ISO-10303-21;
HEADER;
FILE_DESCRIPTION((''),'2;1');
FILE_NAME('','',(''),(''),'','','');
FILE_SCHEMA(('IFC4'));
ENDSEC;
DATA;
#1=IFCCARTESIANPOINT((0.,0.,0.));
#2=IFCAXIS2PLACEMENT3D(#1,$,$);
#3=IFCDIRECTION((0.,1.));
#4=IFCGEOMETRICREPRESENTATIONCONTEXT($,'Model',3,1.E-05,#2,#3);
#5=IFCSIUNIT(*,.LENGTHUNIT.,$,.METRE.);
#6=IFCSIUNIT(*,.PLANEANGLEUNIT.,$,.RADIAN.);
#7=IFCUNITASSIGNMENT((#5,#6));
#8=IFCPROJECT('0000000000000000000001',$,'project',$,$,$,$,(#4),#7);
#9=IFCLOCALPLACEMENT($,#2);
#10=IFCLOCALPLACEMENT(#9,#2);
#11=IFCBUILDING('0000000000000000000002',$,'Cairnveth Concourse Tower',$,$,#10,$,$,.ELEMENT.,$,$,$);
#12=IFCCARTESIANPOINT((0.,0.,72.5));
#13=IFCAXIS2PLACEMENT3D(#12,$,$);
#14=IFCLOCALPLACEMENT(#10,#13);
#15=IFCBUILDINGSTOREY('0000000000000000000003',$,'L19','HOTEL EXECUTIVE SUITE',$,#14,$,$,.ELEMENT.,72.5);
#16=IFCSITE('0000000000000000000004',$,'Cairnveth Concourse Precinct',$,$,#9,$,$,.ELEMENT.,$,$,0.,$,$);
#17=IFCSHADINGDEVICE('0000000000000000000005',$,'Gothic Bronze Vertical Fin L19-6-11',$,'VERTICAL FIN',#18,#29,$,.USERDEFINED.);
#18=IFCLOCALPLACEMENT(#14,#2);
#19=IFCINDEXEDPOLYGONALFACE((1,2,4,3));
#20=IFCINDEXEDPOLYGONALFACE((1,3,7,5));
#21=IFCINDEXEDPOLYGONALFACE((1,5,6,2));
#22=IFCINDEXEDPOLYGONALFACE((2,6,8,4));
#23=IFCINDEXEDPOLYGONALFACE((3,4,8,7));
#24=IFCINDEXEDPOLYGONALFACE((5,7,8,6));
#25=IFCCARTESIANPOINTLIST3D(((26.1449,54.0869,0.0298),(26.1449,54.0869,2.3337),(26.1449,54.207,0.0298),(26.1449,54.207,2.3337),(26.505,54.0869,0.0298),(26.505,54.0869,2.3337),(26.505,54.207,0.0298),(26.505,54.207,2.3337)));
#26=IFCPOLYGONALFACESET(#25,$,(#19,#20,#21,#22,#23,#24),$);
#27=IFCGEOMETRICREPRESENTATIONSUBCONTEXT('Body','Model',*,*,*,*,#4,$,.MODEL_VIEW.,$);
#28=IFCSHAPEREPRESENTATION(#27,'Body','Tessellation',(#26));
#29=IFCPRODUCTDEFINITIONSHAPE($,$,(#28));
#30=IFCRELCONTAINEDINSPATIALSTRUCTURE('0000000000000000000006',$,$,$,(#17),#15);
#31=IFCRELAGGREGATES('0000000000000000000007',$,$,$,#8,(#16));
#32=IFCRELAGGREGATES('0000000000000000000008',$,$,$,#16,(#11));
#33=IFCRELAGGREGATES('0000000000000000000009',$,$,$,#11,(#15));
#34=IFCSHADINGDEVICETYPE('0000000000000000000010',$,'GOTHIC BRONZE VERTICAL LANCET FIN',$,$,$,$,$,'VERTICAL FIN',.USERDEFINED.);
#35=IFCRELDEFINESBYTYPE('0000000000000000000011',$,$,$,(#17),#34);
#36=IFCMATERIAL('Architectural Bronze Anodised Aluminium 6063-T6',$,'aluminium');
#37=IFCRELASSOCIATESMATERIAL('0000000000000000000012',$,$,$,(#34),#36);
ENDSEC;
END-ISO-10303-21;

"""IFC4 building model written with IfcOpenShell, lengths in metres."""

from ifc_helpers import new_model, si_unit, direction, frame, origin, origin_2d, place, context, subcontext, project, spatial, rectangle, extrude, material, type_object, element, save


model = new_model("IFC4")

# Units and contexts
model_context = context("Model", 3, precision=1e-05, world=origin(), true_north=direction((0.0, 1.0)))
body_context = subcontext(model_context, "Body", "Model", "MODEL_VIEW")
ifc_project = project(units=[si_unit("LENGTHUNIT", "METRE"), si_unit("PLANEANGLEUNIT", "RADIAN")], contexts=[model_context])

# Site, building, storey
site_placement = place(None, origin())
site = spatial("IfcSite", under=ifc_project, at=site_placement, Name="Cairnveth Concourse Precinct", CompositionType="ELEMENT", RefElevation=0.0)
building_placement = place(site_placement, origin())
building = spatial("IfcBuilding", under=site, at=building_placement, Name="Cairnveth Concourse Tower", CompositionType="ELEMENT")
storey_placement = place(building_placement, frame((0.0, 0.0, 72.5)))
storey = spatial("IfcBuildingStorey", under=building, at=storey_placement, Name="L19", Description="HOTEL EXECUTIVE SUITE", CompositionType="ELEMENT", Elevation=72.5)

# Shading device
ifc_material_1 = material(Name="Architectural Bronze Anodised Aluminium 6063-T6", Category="aluminium")
shading_device_type = type_object("IfcShadingDeviceType", Name="GOTHIC BRONZE VERTICAL LANCET FIN", ElementType="VERTICAL FIN", PredefinedType="USERDEFINED", material=ifc_material_1)
shading_device_placement = place(storey_placement, frame((26.325, 54.147, 0.0298), z_axis=(0.0, 0.0, 1.0), x_axis=(0.0, 1.0, 0.0)))
element("IfcShadingDevice", 1, at=shading_device_placement, inside=storey, type_object=shading_device_type, Name="Gothic Bronze Vertical Fin L19-6-11", ObjectType="VERTICAL FIN", PredefinedType="USERDEFINED", context=body_context, shape_type="SweptSolid", body=[
    extrude(rectangle(XDim=0.1201, YDim=0.3601, at=origin_2d()), origin(), (0.0, 0.0, 1.0), 2.304),
])

save(model, "model.ifc")
